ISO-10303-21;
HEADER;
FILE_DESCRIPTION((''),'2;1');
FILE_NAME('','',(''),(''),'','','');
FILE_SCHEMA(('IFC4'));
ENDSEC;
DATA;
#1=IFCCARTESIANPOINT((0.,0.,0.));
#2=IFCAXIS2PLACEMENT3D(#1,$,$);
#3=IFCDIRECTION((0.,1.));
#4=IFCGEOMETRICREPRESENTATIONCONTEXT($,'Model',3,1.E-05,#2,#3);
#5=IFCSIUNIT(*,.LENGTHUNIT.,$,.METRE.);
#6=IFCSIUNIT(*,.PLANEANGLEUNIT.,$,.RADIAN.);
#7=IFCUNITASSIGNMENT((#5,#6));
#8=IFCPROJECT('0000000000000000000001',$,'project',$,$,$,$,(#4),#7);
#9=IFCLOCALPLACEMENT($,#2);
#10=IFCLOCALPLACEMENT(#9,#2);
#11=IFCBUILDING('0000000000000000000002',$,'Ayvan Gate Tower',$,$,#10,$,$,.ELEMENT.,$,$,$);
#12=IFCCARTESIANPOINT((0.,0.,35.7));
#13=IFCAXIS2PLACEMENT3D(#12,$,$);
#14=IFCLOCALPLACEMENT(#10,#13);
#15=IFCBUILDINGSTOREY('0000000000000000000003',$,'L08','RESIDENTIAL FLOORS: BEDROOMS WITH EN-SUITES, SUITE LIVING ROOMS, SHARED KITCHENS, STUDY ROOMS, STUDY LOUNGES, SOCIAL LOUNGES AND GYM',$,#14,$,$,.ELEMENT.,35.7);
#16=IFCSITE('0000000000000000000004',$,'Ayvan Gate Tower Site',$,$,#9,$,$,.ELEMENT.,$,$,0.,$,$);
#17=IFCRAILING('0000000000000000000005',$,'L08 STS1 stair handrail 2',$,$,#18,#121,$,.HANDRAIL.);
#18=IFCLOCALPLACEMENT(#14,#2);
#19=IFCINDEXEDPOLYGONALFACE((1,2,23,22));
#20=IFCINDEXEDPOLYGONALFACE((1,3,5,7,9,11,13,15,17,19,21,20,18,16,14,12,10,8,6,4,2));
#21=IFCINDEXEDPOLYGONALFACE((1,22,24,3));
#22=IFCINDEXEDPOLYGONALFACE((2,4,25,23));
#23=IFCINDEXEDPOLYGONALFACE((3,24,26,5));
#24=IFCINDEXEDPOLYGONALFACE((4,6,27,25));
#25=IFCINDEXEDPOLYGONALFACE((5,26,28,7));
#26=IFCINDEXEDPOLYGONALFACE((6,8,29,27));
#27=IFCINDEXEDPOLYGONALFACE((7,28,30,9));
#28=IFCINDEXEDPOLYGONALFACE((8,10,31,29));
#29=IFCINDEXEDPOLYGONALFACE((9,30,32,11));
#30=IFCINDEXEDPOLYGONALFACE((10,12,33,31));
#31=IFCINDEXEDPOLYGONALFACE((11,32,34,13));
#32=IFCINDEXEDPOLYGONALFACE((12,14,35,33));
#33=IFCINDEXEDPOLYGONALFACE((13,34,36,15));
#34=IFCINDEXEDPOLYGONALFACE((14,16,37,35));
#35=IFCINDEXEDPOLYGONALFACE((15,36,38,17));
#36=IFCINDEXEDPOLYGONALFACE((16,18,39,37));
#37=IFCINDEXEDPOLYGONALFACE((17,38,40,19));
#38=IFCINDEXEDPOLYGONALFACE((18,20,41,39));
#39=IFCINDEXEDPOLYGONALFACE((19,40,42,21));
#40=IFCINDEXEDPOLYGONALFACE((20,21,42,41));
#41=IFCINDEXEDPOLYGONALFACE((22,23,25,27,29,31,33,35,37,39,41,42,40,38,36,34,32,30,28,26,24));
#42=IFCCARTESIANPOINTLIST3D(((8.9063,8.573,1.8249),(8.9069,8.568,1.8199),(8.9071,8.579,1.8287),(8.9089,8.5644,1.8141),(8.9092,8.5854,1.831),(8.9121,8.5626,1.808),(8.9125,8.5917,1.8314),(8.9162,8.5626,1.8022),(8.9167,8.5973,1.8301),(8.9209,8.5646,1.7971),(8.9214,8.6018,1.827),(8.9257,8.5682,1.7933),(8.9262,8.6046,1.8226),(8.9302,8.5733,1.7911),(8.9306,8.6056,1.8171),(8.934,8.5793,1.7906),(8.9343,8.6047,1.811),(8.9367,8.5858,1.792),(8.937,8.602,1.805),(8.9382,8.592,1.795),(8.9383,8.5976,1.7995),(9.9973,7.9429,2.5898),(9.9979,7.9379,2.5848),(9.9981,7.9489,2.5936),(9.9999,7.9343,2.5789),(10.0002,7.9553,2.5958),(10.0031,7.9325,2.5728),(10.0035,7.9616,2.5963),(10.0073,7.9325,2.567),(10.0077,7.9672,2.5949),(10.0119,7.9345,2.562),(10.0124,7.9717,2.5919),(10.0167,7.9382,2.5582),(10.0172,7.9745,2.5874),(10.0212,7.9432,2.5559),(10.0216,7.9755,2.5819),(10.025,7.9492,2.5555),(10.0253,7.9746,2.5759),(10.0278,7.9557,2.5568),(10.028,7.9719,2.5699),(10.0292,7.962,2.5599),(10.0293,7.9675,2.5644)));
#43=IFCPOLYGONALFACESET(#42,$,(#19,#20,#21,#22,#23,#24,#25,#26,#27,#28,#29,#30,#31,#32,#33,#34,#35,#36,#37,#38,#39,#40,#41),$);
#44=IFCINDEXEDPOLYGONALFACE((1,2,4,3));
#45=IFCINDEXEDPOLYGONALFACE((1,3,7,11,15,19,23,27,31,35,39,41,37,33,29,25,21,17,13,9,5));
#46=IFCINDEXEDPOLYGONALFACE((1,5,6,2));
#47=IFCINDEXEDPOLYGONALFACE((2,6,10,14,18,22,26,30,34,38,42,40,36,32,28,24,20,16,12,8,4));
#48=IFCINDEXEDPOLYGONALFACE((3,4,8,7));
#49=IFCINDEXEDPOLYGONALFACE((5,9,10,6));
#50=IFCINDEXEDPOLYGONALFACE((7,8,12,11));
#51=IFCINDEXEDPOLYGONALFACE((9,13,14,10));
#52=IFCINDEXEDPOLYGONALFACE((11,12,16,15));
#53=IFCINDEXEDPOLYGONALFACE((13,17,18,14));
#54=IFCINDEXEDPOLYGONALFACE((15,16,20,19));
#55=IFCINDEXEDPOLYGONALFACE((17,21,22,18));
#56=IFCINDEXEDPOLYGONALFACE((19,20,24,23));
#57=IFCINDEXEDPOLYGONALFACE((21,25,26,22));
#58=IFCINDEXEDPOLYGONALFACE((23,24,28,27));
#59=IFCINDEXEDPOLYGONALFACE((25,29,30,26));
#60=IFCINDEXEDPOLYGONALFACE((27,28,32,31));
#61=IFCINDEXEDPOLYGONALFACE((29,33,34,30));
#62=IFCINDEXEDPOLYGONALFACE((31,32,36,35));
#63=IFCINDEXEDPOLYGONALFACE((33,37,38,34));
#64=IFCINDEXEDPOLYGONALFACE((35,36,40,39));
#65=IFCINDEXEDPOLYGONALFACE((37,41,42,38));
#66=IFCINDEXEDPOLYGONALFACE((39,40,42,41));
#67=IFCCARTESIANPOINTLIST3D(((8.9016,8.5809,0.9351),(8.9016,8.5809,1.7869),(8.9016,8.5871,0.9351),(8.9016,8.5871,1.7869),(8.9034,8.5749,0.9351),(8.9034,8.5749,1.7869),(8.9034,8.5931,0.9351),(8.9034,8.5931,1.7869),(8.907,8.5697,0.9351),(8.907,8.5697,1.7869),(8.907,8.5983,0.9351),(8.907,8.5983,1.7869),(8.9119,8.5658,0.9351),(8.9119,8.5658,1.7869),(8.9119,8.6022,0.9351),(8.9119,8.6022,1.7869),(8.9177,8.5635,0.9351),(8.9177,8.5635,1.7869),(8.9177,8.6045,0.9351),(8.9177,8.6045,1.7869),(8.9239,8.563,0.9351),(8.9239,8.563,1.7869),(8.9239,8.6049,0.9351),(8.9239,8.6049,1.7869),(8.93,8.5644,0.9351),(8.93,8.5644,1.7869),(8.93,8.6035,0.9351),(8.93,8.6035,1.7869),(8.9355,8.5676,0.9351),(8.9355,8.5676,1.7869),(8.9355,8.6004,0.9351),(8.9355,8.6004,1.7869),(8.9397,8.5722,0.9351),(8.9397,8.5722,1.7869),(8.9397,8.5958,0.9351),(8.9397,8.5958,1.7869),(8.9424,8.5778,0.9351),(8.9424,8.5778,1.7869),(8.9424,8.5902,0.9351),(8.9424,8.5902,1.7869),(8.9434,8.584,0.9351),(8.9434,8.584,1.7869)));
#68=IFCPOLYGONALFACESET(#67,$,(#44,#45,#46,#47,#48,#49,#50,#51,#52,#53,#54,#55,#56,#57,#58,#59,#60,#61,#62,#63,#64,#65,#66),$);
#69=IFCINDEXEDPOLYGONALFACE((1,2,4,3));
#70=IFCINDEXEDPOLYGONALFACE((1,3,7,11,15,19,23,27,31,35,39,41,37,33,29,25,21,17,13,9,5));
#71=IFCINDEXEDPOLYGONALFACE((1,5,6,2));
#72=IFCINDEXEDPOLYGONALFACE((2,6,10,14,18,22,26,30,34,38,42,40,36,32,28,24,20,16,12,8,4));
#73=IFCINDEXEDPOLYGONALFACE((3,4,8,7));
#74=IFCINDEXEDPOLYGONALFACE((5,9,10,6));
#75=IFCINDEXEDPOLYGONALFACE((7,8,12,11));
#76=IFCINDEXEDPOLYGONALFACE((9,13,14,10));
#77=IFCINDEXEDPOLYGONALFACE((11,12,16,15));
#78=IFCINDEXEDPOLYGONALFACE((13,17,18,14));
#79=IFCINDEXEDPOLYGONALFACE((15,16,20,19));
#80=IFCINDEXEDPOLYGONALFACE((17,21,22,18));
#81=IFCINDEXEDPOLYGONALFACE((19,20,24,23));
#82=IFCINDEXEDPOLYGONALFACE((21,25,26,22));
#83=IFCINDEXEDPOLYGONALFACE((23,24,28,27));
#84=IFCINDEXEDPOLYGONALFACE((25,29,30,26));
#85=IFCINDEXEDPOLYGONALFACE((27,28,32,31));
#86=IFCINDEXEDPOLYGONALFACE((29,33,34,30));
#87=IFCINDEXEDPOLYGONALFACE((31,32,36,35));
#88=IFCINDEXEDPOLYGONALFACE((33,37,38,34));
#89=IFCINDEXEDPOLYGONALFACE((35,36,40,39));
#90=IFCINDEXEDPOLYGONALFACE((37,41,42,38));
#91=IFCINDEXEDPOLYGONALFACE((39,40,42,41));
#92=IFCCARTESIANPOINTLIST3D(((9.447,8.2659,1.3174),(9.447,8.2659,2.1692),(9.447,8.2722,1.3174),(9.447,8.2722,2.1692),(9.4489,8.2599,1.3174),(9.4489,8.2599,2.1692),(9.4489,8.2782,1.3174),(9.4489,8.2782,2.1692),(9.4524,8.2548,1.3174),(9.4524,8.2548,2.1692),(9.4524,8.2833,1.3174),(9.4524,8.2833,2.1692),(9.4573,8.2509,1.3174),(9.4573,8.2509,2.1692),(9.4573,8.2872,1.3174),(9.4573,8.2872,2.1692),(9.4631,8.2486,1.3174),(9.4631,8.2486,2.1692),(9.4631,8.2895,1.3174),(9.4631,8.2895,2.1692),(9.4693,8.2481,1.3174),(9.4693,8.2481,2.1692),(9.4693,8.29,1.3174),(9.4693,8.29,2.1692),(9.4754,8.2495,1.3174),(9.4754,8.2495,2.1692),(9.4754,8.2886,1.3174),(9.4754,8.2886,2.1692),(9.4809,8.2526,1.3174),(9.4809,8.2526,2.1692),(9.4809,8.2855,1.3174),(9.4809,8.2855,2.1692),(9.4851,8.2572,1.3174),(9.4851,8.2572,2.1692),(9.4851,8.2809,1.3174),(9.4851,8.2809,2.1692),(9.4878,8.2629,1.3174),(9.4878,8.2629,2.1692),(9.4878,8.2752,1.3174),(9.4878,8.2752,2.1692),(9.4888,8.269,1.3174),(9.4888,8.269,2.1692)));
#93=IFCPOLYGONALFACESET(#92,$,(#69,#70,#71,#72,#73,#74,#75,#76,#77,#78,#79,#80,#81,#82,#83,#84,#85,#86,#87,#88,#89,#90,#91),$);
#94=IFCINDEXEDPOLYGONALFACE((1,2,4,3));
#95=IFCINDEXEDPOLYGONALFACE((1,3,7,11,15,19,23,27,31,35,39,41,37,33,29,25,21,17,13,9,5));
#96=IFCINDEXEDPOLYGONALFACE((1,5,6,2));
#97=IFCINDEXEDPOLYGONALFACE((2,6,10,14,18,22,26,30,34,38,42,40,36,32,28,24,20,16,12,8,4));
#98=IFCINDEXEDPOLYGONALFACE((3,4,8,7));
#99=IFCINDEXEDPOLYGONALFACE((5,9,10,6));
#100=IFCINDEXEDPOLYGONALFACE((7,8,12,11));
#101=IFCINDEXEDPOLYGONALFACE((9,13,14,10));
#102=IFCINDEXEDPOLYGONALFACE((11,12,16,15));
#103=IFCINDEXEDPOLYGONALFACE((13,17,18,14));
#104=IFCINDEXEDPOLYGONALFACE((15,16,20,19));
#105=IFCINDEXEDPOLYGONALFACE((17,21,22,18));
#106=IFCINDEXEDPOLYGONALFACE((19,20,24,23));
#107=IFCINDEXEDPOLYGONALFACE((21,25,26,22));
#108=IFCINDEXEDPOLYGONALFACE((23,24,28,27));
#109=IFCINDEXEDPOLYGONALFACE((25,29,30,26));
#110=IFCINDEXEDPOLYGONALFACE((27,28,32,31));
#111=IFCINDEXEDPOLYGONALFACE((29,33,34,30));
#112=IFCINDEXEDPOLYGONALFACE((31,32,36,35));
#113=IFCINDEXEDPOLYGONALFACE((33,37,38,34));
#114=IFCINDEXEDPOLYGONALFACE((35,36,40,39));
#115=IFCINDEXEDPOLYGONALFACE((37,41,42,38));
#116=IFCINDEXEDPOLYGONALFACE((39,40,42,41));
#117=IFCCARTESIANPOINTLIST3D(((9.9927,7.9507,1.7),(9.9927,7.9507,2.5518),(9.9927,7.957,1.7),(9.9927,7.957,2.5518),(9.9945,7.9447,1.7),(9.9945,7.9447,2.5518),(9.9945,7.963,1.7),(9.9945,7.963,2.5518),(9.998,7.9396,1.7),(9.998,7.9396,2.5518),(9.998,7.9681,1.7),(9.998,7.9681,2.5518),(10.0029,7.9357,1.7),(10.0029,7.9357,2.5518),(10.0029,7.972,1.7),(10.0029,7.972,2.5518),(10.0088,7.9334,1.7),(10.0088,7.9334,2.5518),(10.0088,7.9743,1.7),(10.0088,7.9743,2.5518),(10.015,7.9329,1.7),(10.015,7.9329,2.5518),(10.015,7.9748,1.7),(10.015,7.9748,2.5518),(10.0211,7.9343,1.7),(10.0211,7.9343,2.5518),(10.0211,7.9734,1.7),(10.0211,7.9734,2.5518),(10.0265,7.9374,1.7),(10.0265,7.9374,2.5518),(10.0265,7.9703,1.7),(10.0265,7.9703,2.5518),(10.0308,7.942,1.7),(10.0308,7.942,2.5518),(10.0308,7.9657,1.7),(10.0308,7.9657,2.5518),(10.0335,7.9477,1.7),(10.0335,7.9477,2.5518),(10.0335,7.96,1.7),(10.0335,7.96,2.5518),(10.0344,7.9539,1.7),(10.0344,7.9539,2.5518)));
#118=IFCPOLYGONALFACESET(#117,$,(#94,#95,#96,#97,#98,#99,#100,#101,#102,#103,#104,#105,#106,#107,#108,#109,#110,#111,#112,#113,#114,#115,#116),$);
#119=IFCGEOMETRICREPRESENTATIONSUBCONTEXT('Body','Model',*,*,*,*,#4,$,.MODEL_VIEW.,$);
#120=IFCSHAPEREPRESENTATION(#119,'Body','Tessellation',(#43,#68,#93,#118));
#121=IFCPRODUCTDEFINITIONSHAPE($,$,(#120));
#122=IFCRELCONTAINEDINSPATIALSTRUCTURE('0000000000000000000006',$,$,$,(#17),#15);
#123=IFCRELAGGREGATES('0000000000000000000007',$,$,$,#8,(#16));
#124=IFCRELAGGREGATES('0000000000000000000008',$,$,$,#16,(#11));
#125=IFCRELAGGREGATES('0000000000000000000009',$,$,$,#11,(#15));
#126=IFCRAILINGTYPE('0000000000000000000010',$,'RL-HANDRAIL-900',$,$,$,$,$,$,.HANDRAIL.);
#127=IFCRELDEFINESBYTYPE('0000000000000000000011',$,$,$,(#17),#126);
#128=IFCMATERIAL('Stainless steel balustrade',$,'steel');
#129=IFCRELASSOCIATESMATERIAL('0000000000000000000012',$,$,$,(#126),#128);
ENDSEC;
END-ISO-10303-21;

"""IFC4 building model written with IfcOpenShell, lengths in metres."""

from ifc_helpers import new_model, si_unit, direction, frame, origin, origin_2d, place, context, subcontext, project, spatial, circle, extrude, material, type_object, element, save


model = new_model("IFC4")

# Units and contexts
model_context = context("Model", 3, precision=1e-05, world=origin(), true_north=direction((0.0, 1.0)))
body_context = subcontext(model_context, "Body", "Model", "MODEL_VIEW")
ifc_project = project(units=[si_unit("LENGTHUNIT", "METRE"), si_unit("PLANEANGLEUNIT", "RADIAN")], contexts=[model_context])

# Site, building, storey
site_placement = place(None, origin())
site = spatial("IfcSite", under=ifc_project, at=site_placement, Name="Ayvan Gate Tower Site", CompositionType="ELEMENT", RefElevation=0.0)
building_placement = place(site_placement, origin())
building = spatial("IfcBuilding", under=site, at=building_placement, Name="Ayvan Gate Tower", CompositionType="ELEMENT")
storey_placement = place(building_placement, frame((0.0, 0.0, 35.7)))
storey = spatial("IfcBuildingStorey", under=building, at=storey_placement, Name="L08", Description="RESIDENTIAL FLOORS: BEDROOMS WITH EN-SUITES, SUITE LIVING ROOMS, SHARED KITCHENS, STUDY ROOMS, STUDY LOUNGES, SOCIAL LOUNGES AND GYM", CompositionType="ELEMENT", Elevation=35.7)

# Railing
ifc_material_1 = material(Name="Stainless steel balustrade", Category="steel")
railing_type_1 = type_object("IfcRailingType", Name="RL-HANDRAIL-900", PredefinedType="HANDRAIL", material=ifc_material_1)
railing_1_placement = place(storey_placement, frame((8.9224, 8.584, 0.9351)))
element("IfcRailing", 1, at=railing_1_placement, inside=storey, type_object=railing_type_1, Name="L08 STS1 stair handrail 2", PredefinedType="HANDRAIL", context=body_context, shape_type="SweptSolid", body=[
    extrude(circle(Radius=0.0239, at=origin_2d()), frame((0.0, 0.0, 0.876), z_axis=(0.740229, -0.427508, 0.518939), x_axis=(0.500119, 0.865956, 0.0)), (0.0, 0.0, 1.0), 1.4739),
    extrude(circle(Radius=0.021, at=origin_2d()), origin(), (0.0, 0.0, 1.0), 0.8518),
    extrude(circle(Radius=0.021, at=origin_2d()), frame((0.5454, -0.3149, 0.3823)), (0.0, 0.0, 1.0), 0.8518),
    extrude(circle(Radius=0.021, at=origin_2d()), frame((1.0911, -0.6301, 0.7649)), (0.0, 0.0, 1.0), 0.8518),
])

save(model, "model.ifc")
